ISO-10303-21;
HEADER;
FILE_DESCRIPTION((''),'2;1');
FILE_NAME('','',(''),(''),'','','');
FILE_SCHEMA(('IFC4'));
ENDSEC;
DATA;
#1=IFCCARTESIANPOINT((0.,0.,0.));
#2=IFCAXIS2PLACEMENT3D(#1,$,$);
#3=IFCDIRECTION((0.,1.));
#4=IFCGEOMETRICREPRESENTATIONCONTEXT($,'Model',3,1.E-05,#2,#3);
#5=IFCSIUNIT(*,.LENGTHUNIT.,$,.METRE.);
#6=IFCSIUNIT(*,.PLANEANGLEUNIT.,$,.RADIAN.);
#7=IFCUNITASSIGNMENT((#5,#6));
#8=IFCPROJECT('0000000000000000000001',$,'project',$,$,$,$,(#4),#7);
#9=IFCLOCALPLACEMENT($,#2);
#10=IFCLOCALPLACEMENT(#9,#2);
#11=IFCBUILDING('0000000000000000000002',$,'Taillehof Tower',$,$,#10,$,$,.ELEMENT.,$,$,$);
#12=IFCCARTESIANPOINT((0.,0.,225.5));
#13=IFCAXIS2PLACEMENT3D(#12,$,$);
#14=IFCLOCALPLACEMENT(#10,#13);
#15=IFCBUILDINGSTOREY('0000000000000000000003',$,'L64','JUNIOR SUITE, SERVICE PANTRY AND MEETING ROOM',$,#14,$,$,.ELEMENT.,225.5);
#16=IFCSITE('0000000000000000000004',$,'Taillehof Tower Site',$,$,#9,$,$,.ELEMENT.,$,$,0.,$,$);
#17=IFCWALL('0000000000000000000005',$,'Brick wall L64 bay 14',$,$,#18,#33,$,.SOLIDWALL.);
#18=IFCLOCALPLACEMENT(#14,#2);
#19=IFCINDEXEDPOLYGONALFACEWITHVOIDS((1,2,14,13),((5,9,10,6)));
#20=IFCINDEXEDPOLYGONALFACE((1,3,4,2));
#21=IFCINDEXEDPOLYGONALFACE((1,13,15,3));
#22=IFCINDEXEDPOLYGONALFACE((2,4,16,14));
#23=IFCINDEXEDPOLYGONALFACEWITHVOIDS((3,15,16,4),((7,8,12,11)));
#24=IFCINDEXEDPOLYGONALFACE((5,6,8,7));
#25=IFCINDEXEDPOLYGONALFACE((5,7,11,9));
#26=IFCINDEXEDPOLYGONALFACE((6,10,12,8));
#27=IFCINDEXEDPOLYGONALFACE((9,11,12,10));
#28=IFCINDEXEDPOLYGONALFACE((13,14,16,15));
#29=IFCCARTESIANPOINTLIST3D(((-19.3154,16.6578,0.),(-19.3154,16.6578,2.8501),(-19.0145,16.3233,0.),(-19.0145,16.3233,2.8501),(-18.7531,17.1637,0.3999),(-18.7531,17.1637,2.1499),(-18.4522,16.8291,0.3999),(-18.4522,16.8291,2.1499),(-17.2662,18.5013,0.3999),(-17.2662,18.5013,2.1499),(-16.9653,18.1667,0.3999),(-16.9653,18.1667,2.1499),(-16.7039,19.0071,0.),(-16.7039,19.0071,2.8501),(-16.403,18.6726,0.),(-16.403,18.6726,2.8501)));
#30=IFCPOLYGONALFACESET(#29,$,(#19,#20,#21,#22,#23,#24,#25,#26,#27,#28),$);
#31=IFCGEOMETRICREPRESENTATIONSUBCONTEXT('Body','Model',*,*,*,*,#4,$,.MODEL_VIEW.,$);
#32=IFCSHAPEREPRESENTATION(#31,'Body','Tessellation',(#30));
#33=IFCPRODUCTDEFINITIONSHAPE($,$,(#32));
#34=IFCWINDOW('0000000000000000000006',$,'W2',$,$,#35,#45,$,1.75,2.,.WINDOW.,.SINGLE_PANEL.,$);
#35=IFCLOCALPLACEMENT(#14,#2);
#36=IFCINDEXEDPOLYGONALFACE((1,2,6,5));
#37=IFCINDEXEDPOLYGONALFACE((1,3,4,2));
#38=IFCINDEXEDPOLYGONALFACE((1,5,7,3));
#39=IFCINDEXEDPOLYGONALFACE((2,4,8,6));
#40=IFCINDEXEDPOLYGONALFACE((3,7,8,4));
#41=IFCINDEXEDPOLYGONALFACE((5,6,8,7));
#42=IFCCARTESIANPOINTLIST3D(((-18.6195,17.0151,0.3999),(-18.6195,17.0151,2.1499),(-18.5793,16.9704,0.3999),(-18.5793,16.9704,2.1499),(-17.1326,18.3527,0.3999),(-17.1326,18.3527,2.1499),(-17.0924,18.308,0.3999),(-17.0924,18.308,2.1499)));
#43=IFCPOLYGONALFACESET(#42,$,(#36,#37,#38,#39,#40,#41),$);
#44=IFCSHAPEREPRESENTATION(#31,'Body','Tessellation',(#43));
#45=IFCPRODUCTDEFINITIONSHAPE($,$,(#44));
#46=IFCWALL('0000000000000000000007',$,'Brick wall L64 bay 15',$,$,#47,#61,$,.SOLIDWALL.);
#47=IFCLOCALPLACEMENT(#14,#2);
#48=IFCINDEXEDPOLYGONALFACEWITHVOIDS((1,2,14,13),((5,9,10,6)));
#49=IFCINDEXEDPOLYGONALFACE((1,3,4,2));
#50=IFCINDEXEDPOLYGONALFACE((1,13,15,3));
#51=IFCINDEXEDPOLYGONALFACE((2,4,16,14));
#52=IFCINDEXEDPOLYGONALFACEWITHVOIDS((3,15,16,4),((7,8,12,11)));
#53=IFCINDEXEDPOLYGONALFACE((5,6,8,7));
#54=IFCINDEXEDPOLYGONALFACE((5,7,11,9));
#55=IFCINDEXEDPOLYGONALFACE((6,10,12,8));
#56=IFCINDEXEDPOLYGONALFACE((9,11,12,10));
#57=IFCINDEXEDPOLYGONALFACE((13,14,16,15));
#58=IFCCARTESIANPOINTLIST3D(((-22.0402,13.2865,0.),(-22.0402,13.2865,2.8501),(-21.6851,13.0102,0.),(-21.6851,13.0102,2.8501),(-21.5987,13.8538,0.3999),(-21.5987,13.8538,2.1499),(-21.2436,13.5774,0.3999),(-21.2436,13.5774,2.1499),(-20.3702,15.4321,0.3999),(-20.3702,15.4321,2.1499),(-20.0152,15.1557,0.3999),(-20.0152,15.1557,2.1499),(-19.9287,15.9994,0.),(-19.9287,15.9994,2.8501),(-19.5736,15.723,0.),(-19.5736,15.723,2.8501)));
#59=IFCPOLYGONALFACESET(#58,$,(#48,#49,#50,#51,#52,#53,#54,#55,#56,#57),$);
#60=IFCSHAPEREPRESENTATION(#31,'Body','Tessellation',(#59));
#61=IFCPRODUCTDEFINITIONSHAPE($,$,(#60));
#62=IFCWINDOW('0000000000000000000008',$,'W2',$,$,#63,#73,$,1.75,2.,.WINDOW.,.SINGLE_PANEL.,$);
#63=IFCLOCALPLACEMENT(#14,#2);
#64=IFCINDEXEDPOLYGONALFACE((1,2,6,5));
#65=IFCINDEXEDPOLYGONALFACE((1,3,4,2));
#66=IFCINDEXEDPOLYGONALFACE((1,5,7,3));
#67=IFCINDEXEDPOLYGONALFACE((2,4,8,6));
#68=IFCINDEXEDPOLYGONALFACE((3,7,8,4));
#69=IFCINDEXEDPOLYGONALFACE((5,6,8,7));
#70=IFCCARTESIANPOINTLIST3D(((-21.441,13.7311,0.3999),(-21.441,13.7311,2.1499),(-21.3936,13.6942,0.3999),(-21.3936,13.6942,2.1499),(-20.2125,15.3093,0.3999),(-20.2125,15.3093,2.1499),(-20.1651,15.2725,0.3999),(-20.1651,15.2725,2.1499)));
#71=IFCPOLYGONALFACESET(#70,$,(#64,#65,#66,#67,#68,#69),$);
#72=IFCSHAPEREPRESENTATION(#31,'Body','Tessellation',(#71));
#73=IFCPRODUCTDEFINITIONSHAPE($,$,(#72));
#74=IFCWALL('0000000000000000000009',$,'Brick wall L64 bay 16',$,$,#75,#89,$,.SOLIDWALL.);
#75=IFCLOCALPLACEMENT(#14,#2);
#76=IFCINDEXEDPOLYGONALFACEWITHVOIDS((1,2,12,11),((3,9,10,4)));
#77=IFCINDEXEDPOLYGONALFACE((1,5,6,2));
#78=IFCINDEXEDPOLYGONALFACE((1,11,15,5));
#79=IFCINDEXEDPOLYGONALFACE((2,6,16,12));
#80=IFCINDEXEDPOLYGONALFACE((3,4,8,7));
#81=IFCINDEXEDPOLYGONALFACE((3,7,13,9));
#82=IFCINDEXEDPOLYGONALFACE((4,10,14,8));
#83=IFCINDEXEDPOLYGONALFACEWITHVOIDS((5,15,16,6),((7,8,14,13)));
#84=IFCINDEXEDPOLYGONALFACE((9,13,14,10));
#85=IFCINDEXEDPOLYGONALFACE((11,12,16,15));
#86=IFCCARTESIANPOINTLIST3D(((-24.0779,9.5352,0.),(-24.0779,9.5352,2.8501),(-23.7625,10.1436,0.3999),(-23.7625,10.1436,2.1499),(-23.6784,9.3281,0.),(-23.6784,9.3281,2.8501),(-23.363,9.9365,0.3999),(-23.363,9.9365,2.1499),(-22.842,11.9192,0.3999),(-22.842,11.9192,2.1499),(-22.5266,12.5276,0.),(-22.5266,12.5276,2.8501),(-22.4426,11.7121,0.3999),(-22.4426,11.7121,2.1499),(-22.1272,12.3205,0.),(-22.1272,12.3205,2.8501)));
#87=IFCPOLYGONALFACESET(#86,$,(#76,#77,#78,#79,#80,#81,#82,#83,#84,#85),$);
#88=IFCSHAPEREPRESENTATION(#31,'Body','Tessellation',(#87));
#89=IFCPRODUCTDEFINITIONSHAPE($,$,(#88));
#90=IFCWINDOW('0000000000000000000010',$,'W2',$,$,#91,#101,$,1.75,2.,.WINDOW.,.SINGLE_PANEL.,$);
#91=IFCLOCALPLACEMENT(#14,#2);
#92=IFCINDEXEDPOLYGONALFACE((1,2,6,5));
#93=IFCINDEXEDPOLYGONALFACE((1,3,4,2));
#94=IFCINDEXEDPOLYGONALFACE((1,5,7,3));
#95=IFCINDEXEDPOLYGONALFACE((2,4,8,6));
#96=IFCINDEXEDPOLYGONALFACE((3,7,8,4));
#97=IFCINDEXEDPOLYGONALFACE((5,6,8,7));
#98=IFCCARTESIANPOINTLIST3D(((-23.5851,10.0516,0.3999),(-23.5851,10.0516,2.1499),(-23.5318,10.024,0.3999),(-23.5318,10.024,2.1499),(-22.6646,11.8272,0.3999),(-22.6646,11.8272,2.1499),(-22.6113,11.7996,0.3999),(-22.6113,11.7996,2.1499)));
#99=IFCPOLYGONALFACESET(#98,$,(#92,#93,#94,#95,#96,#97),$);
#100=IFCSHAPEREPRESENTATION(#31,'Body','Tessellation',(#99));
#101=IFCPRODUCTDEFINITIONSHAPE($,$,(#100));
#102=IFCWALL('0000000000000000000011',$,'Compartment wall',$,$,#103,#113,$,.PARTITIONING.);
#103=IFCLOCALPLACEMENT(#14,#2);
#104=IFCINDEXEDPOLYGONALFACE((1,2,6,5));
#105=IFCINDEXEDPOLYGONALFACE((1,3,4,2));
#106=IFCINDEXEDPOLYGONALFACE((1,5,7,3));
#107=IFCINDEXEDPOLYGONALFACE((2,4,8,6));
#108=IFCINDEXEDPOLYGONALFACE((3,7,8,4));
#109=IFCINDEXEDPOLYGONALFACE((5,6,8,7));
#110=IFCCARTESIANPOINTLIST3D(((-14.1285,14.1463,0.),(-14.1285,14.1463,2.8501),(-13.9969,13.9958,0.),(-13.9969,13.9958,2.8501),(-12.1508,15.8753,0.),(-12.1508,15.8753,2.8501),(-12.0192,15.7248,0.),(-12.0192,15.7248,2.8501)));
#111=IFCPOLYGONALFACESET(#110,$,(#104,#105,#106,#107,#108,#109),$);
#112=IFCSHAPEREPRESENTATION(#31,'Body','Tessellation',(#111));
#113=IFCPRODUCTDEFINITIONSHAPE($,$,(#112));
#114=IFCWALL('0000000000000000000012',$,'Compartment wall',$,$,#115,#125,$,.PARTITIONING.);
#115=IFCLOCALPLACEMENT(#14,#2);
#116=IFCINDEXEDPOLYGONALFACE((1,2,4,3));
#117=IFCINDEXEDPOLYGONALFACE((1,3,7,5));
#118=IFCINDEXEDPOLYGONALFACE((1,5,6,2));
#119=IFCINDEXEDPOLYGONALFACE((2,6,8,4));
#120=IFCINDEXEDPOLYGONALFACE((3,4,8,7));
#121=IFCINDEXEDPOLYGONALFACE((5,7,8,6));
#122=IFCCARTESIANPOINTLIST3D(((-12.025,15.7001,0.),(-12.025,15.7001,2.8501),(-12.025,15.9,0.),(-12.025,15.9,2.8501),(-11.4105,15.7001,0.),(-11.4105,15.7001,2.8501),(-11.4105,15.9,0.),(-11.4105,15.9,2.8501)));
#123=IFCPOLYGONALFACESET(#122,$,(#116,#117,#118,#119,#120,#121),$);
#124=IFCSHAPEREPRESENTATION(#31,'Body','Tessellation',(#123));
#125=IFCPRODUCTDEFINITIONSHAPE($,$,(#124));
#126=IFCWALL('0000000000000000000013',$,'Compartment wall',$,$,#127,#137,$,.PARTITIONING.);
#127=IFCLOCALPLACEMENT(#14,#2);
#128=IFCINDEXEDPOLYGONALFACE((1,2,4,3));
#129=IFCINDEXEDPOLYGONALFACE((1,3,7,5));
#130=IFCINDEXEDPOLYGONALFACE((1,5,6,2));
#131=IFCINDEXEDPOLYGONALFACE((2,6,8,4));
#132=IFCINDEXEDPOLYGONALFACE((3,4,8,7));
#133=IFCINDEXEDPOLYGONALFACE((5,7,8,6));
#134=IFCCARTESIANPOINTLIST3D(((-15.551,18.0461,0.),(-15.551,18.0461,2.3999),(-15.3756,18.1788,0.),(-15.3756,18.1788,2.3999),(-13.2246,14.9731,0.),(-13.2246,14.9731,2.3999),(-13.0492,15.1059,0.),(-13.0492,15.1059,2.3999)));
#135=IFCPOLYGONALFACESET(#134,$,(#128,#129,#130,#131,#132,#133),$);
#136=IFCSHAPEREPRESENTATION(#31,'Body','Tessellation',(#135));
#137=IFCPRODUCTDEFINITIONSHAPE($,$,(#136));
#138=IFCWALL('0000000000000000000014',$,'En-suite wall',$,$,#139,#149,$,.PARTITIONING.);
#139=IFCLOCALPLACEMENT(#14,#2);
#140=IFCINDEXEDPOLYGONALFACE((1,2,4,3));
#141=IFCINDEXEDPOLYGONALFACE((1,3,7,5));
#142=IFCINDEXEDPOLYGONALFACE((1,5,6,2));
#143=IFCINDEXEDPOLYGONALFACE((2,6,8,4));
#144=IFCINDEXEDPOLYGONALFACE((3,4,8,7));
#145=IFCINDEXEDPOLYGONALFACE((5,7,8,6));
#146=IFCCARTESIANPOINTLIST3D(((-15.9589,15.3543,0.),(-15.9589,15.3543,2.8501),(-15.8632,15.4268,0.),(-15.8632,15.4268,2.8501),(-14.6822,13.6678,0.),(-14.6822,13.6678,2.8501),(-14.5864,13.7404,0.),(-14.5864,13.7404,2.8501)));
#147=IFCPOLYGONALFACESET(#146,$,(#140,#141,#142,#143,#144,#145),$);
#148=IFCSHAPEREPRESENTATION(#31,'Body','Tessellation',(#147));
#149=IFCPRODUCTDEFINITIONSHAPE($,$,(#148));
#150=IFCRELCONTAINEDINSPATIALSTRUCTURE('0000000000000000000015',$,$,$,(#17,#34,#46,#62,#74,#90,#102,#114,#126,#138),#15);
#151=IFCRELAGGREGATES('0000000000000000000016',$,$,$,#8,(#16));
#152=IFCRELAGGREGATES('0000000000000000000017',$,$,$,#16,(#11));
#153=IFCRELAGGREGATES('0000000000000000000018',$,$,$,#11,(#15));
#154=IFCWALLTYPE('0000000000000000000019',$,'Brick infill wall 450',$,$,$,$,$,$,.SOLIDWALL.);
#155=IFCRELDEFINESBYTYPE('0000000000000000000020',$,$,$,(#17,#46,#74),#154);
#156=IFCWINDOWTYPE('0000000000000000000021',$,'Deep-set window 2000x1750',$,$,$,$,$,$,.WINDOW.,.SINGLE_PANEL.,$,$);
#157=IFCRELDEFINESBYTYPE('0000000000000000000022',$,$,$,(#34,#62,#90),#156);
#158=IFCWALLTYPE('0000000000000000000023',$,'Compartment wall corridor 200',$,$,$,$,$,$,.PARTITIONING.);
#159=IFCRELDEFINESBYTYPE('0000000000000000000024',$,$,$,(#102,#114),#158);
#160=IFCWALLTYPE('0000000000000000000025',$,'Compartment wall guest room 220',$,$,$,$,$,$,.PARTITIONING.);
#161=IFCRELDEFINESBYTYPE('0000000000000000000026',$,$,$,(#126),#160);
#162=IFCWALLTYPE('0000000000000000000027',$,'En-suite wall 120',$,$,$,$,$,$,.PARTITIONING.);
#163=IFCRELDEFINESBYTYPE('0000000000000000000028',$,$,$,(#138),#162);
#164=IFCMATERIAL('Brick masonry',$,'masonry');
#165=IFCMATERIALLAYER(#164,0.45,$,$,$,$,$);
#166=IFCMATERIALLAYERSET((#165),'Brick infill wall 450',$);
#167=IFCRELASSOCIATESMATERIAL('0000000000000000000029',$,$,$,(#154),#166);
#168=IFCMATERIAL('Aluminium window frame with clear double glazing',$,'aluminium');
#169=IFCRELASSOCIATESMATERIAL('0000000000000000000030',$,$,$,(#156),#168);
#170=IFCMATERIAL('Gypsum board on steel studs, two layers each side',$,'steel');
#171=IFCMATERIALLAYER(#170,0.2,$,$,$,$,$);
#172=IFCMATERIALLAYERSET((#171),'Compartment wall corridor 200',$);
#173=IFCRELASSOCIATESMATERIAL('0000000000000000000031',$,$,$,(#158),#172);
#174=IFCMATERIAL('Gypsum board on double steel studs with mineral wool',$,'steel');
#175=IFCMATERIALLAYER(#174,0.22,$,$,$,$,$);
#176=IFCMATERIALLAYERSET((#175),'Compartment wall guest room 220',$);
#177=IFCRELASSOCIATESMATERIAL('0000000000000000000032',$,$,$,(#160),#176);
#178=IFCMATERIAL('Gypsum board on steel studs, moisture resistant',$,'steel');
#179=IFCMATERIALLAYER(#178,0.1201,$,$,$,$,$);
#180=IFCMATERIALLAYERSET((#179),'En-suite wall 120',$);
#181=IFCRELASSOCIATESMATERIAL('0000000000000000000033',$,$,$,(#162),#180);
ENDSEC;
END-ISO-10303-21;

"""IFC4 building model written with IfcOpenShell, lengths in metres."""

from ifc_helpers import new_model, si_unit, direction, frame, frame_2d, origin, place, context, subcontext, project, spatial, rectangle, extrude, material, layer, layer_set, type_object, element, fill, save


model = new_model("IFC4")

# Units and contexts
model_context = context("Model", 3, precision=1e-05, world=origin(), true_north=direction((0.0, 1.0)))
body_context = subcontext(model_context, "Body", "Model", "MODEL_VIEW")
ifc_project = project(units=[si_unit("LENGTHUNIT", "METRE"), si_unit("PLANEANGLEUNIT", "RADIAN")], contexts=[model_context])

# Site, building, storey
site_placement = place(None, origin())
site = spatial("IfcSite", under=ifc_project, at=site_placement, Name="Taillehof Tower Site", CompositionType="ELEMENT", RefElevation=0.0)
building_placement = place(site_placement, origin())
building = spatial("IfcBuilding", under=site, at=building_placement, Name="Taillehof Tower", CompositionType="ELEMENT")
storey_placement = place(building_placement, frame((0.0, 0.0, 225.5)))
storey = spatial("IfcBuildingStorey", under=building, at=storey_placement, Name="L64", Description="JUNIOR SUITE, SERVICE PANTRY AND MEETING ROOM", CompositionType="ELEMENT", Elevation=225.5)

# Walls, openings, windows
ifc_material_1 = material(Name="Brick masonry", Category="masonry")
ifc_layer_1 = layer(ifc_material_1, 0.45)
ifc_layer_set_1 = layer_set([ifc_layer_1], Name="Brick infill wall 450")
wall_type_1 = type_object("IfcWallType", Name="Brick infill wall 450", PredefinedType="SOLIDWALL", material=ifc_layer_set_1)
ifc_material_2 = material(Name="Aluminium window frame with clear double glazing", Category="aluminium")
window_type = type_object("IfcWindowType", Name="Deep-set window 2000x1750", PartitioningType="SINGLE_PANEL", PredefinedType="WINDOW", material=ifc_material_2)
wall_1_placement = place(storey_placement, frame((-16.5535, 18.8398, 0.0), z_axis=(0.0, 0.0, 1.0), x_axis=(-0.743443, -0.6688, 0.0)))
wall_1 = element("IfcWall", 1, at=wall_1_placement, inside=storey, type_object=wall_type_1, Name="Brick wall L64 bay 14", PredefinedType="SOLIDWALL", context=body_context, shape_type="SweptSolid", body=[
    extrude(rectangle(XDim=3.5127, YDim=0.45, at=frame_2d((1.7563, 0.0))), origin(), (0.0, 0.0, 1.0), 2.8501),
])
opening_1_placement = place(wall_1_placement, frame((0.7563, 0.0, 0.3999)))
opening_1 = element("IfcOpeningElement", 2, at=opening_1_placement, cuts=wall_1, PredefinedType="OPENING", context=body_context, shape_type="SweptSolid", body=[
    extrude(rectangle(XDim=2.0, YDim=1.75, at=frame_2d((1.0, 0.875))), frame((0.0, 0.2349, 0.0), z_axis=(0.0, -1.0, 0.0), x_axis=(1.0, 0.0, 0.0)), (0.0, 0.0, 1.0), 0.47),
])
window_1_placement = place(opening_1_placement, origin())
window_1 = element("IfcWindow", 3, at=window_1_placement, inside=storey, type_object=window_type, Name="W2", OverallHeight=1.75, OverallWidth=2.0, PartitioningType="SINGLE_PANEL", PredefinedType="WINDOW", context=body_context, shape_type="SweptSolid", body=[
    extrude(rectangle(XDim=2.0, YDim=1.75, at=frame_2d((1.0, 0.875))), frame((0.0, 0.0349, 0.0), z_axis=(0.0, -1.0, 0.0), x_axis=(1.0, 0.0, 0.0)), (0.0, 0.0, 1.0), 0.0601),
])
fill(opening_1, window_1)
wall_2_placement = place(storey_placement, frame((-19.7512, 15.8611, 0.0), z_axis=(0.0, 0.0, 1.0), x_axis=(-0.614221, -0.789134, 0.0)))
wall_2 = element("IfcWall", 4, at=wall_2_placement, inside=storey, type_object=wall_type_1, Name="Brick wall L64 bay 15", PredefinedType="SOLIDWALL", context=body_context, shape_type="SweptSolid", body=[
    extrude(rectangle(XDim=3.4377, YDim=0.45, at=frame_2d((1.7188, 0.0))), origin(), (0.0, 0.0, 1.0), 2.8501),
])
opening_2_placement = place(wall_2_placement, frame((0.7188, 0.0, 0.3999)))
opening_2 = element("IfcOpeningElement", 5, at=opening_2_placement, cuts=wall_2, PredefinedType="OPENING", context=body_context, shape_type="SweptSolid", body=[
    extrude(rectangle(XDim=2.0, YDim=1.75, at=frame_2d((1.0, 0.875))), frame((0.0, 0.2349, 0.0), z_axis=(0.0, -1.0, 0.0), x_axis=(1.0, 0.0, 0.0)), (0.0, 0.0, 1.0), 0.47),
])
window_2_placement = place(opening_2_placement, origin())
window_2 = element("IfcWindow", 6, at=window_2_placement, inside=storey, type_object=window_type, Name="W2", OverallHeight=1.75, OverallWidth=2.0, PartitioningType="SINGLE_PANEL", PredefinedType="WINDOW", context=body_context, shape_type="SweptSolid", body=[
    extrude(rectangle(XDim=2.0, YDim=1.75, at=frame_2d((1.0, 0.875))), frame((0.0, 0.0349, 0.0), z_axis=(0.0, -1.0, 0.0), x_axis=(1.0, 0.0, 0.0)), (0.0, 0.0, 1.0), 0.0601),
])
fill(opening_2, window_2)
wall_3_placement = place(storey_placement, frame((-22.3269, 12.4241, 0.0), z_axis=(0.0, 0.0, 1.0), x_axis=(-0.460233, -0.887798, 0.0)))
wall_3 = element("IfcWall", 7, at=wall_3_placement, inside=storey, type_object=wall_type_1, Name="Brick wall L64 bay 16", PredefinedType="SOLIDWALL", context=body_context, shape_type="SweptSolid", body=[
    extrude(rectangle(XDim=3.3706, YDim=0.45, at=frame_2d((1.6853, 0.0))), origin(), (0.0, 0.0, 1.0), 2.8501),
])
opening_3_placement = place(wall_3_placement, frame((0.6853, 0.0, 0.3999)))
opening_3 = element("IfcOpeningElement", 8, at=opening_3_placement, cuts=wall_3, PredefinedType="OPENING", context=body_context, shape_type="SweptSolid", body=[
    extrude(rectangle(XDim=2.0, YDim=1.75, at=frame_2d((1.0, 0.875))), frame((0.0, 0.2349, 0.0), z_axis=(0.0, -1.0, 0.0), x_axis=(1.0, 0.0, 0.0)), (0.0, 0.0, 1.0), 0.47),
])
window_3_placement = place(opening_3_placement, origin())
window_3 = element("IfcWindow", 9, at=window_3_placement, inside=storey, type_object=window_type, Name="W2", OverallHeight=1.75, OverallWidth=2.0, PartitioningType="SINGLE_PANEL", PredefinedType="WINDOW", context=body_context, shape_type="SweptSolid", body=[
    extrude(rectangle(XDim=2.0, YDim=1.75, at=frame_2d((1.0, 0.875))), frame((0.0, 0.0349, 0.0), z_axis=(0.0, -1.0, 0.0), x_axis=(1.0, 0.0, 0.0)), (0.0, 0.0, 1.0), 0.0601),
])
fill(opening_3, window_3)

# Walls
ifc_material_3 = material(Name="Gypsum board on steel studs, two layers each side", Category="steel")
ifc_layer_2 = layer(ifc_material_3, 0.2)
ifc_layer_set_2 = layer_set([ifc_layer_2], Name="Compartment wall corridor 200")
wall_type_2 = type_object("IfcWallType", Name="Compartment wall corridor 200", PredefinedType="PARTITIONING", material=ifc_layer_set_2)
wall_4_placement = place(storey_placement, frame((-14.0627, 14.071, 0.0), z_axis=(0.0, 0.0, 1.0), x_axis=(0.75287, 0.658169, 0.0)))
element("IfcWall", 10, at=wall_4_placement, inside=storey, type_object=wall_type_2, Name="Compartment wall", PredefinedType="PARTITIONING", context=body_context, shape_type="SweptSolid", body=[
    extrude(rectangle(XDim=2.627, YDim=0.2, at=frame_2d((1.3135, 0.0))), origin(), (0.0, 0.0, 1.0), 2.8501),
])
wall_5_placement = place(storey_placement, frame((-12.0249, 15.8, 0.0), z_axis=(0.0, 0.0, 1.0), x_axis=(1.0, 0.0, 0.0)))
element("IfcWall", 11, at=wall_5_placement, inside=storey, type_object=wall_type_2, Name="Compartment wall", PredefinedType="PARTITIONING", context=body_context, shape_type="SweptSolid", body=[
    extrude(rectangle(XDim=0.6145, YDim=0.2, at=frame_2d((0.3071, 0.0))), origin(), (0.0, 0.0, 1.0), 2.8501),
])
ifc_material_4 = material(Name="Gypsum board on double steel studs with mineral wool", Category="steel")
ifc_layer_3 = layer(ifc_material_4, 0.22)
ifc_layer_set_3 = layer_set([ifc_layer_3], Name="Compartment wall guest room 220")
wall_type_3 = type_object("IfcWallType", Name="Compartment wall guest room 220", PredefinedType="PARTITIONING", material=ifc_layer_set_3)
wall_6_placement = place(storey_placement, frame((-15.4634, 18.1125, 0.0), z_axis=(0.0, 0.0, 1.0), x_axis=(0.603592, -0.797294, 0.0)))
element("IfcWall", 12, at=wall_6_placement, inside=storey, type_object=wall_type_3, Name="Compartment wall", PredefinedType="PARTITIONING", context=body_context, shape_type="SweptSolid", body=[
    extrude(rectangle(XDim=3.8542, YDim=0.22, at=frame_2d((1.9272, 0.0))), origin(), (0.0, 0.0, 1.0), 2.3999),
])
ifc_material_5 = material(Name="Gypsum board on steel studs, moisture resistant", Category="steel")
ifc_layer_4 = layer(ifc_material_5, 0.1201)
ifc_layer_set_4 = layer_set([ifc_layer_4], Name="En-suite wall 120")
wall_type_4 = type_object("IfcWallType", Name="En-suite wall 120", PredefinedType="PARTITIONING", material=ifc_layer_set_4)
wall_7_placement = place(storey_placement, frame((-14.6343, 13.7041, 0.0), z_axis=(0.0, 0.0, 1.0), x_axis=(-0.603613, 0.797277, 0.0)))
element("IfcWall", 13, at=wall_7_placement, inside=storey, type_object=wall_type_4, Name="En-suite wall", PredefinedType="PARTITIONING", context=body_context, shape_type="SweptSolid", body=[
    extrude(rectangle(XDim=2.1152, YDim=0.1201, at=frame_2d((1.0576, 0.0))), origin(), (0.0, 0.0, 1.0), 2.8501),
])

save(model, "model.ifc")
